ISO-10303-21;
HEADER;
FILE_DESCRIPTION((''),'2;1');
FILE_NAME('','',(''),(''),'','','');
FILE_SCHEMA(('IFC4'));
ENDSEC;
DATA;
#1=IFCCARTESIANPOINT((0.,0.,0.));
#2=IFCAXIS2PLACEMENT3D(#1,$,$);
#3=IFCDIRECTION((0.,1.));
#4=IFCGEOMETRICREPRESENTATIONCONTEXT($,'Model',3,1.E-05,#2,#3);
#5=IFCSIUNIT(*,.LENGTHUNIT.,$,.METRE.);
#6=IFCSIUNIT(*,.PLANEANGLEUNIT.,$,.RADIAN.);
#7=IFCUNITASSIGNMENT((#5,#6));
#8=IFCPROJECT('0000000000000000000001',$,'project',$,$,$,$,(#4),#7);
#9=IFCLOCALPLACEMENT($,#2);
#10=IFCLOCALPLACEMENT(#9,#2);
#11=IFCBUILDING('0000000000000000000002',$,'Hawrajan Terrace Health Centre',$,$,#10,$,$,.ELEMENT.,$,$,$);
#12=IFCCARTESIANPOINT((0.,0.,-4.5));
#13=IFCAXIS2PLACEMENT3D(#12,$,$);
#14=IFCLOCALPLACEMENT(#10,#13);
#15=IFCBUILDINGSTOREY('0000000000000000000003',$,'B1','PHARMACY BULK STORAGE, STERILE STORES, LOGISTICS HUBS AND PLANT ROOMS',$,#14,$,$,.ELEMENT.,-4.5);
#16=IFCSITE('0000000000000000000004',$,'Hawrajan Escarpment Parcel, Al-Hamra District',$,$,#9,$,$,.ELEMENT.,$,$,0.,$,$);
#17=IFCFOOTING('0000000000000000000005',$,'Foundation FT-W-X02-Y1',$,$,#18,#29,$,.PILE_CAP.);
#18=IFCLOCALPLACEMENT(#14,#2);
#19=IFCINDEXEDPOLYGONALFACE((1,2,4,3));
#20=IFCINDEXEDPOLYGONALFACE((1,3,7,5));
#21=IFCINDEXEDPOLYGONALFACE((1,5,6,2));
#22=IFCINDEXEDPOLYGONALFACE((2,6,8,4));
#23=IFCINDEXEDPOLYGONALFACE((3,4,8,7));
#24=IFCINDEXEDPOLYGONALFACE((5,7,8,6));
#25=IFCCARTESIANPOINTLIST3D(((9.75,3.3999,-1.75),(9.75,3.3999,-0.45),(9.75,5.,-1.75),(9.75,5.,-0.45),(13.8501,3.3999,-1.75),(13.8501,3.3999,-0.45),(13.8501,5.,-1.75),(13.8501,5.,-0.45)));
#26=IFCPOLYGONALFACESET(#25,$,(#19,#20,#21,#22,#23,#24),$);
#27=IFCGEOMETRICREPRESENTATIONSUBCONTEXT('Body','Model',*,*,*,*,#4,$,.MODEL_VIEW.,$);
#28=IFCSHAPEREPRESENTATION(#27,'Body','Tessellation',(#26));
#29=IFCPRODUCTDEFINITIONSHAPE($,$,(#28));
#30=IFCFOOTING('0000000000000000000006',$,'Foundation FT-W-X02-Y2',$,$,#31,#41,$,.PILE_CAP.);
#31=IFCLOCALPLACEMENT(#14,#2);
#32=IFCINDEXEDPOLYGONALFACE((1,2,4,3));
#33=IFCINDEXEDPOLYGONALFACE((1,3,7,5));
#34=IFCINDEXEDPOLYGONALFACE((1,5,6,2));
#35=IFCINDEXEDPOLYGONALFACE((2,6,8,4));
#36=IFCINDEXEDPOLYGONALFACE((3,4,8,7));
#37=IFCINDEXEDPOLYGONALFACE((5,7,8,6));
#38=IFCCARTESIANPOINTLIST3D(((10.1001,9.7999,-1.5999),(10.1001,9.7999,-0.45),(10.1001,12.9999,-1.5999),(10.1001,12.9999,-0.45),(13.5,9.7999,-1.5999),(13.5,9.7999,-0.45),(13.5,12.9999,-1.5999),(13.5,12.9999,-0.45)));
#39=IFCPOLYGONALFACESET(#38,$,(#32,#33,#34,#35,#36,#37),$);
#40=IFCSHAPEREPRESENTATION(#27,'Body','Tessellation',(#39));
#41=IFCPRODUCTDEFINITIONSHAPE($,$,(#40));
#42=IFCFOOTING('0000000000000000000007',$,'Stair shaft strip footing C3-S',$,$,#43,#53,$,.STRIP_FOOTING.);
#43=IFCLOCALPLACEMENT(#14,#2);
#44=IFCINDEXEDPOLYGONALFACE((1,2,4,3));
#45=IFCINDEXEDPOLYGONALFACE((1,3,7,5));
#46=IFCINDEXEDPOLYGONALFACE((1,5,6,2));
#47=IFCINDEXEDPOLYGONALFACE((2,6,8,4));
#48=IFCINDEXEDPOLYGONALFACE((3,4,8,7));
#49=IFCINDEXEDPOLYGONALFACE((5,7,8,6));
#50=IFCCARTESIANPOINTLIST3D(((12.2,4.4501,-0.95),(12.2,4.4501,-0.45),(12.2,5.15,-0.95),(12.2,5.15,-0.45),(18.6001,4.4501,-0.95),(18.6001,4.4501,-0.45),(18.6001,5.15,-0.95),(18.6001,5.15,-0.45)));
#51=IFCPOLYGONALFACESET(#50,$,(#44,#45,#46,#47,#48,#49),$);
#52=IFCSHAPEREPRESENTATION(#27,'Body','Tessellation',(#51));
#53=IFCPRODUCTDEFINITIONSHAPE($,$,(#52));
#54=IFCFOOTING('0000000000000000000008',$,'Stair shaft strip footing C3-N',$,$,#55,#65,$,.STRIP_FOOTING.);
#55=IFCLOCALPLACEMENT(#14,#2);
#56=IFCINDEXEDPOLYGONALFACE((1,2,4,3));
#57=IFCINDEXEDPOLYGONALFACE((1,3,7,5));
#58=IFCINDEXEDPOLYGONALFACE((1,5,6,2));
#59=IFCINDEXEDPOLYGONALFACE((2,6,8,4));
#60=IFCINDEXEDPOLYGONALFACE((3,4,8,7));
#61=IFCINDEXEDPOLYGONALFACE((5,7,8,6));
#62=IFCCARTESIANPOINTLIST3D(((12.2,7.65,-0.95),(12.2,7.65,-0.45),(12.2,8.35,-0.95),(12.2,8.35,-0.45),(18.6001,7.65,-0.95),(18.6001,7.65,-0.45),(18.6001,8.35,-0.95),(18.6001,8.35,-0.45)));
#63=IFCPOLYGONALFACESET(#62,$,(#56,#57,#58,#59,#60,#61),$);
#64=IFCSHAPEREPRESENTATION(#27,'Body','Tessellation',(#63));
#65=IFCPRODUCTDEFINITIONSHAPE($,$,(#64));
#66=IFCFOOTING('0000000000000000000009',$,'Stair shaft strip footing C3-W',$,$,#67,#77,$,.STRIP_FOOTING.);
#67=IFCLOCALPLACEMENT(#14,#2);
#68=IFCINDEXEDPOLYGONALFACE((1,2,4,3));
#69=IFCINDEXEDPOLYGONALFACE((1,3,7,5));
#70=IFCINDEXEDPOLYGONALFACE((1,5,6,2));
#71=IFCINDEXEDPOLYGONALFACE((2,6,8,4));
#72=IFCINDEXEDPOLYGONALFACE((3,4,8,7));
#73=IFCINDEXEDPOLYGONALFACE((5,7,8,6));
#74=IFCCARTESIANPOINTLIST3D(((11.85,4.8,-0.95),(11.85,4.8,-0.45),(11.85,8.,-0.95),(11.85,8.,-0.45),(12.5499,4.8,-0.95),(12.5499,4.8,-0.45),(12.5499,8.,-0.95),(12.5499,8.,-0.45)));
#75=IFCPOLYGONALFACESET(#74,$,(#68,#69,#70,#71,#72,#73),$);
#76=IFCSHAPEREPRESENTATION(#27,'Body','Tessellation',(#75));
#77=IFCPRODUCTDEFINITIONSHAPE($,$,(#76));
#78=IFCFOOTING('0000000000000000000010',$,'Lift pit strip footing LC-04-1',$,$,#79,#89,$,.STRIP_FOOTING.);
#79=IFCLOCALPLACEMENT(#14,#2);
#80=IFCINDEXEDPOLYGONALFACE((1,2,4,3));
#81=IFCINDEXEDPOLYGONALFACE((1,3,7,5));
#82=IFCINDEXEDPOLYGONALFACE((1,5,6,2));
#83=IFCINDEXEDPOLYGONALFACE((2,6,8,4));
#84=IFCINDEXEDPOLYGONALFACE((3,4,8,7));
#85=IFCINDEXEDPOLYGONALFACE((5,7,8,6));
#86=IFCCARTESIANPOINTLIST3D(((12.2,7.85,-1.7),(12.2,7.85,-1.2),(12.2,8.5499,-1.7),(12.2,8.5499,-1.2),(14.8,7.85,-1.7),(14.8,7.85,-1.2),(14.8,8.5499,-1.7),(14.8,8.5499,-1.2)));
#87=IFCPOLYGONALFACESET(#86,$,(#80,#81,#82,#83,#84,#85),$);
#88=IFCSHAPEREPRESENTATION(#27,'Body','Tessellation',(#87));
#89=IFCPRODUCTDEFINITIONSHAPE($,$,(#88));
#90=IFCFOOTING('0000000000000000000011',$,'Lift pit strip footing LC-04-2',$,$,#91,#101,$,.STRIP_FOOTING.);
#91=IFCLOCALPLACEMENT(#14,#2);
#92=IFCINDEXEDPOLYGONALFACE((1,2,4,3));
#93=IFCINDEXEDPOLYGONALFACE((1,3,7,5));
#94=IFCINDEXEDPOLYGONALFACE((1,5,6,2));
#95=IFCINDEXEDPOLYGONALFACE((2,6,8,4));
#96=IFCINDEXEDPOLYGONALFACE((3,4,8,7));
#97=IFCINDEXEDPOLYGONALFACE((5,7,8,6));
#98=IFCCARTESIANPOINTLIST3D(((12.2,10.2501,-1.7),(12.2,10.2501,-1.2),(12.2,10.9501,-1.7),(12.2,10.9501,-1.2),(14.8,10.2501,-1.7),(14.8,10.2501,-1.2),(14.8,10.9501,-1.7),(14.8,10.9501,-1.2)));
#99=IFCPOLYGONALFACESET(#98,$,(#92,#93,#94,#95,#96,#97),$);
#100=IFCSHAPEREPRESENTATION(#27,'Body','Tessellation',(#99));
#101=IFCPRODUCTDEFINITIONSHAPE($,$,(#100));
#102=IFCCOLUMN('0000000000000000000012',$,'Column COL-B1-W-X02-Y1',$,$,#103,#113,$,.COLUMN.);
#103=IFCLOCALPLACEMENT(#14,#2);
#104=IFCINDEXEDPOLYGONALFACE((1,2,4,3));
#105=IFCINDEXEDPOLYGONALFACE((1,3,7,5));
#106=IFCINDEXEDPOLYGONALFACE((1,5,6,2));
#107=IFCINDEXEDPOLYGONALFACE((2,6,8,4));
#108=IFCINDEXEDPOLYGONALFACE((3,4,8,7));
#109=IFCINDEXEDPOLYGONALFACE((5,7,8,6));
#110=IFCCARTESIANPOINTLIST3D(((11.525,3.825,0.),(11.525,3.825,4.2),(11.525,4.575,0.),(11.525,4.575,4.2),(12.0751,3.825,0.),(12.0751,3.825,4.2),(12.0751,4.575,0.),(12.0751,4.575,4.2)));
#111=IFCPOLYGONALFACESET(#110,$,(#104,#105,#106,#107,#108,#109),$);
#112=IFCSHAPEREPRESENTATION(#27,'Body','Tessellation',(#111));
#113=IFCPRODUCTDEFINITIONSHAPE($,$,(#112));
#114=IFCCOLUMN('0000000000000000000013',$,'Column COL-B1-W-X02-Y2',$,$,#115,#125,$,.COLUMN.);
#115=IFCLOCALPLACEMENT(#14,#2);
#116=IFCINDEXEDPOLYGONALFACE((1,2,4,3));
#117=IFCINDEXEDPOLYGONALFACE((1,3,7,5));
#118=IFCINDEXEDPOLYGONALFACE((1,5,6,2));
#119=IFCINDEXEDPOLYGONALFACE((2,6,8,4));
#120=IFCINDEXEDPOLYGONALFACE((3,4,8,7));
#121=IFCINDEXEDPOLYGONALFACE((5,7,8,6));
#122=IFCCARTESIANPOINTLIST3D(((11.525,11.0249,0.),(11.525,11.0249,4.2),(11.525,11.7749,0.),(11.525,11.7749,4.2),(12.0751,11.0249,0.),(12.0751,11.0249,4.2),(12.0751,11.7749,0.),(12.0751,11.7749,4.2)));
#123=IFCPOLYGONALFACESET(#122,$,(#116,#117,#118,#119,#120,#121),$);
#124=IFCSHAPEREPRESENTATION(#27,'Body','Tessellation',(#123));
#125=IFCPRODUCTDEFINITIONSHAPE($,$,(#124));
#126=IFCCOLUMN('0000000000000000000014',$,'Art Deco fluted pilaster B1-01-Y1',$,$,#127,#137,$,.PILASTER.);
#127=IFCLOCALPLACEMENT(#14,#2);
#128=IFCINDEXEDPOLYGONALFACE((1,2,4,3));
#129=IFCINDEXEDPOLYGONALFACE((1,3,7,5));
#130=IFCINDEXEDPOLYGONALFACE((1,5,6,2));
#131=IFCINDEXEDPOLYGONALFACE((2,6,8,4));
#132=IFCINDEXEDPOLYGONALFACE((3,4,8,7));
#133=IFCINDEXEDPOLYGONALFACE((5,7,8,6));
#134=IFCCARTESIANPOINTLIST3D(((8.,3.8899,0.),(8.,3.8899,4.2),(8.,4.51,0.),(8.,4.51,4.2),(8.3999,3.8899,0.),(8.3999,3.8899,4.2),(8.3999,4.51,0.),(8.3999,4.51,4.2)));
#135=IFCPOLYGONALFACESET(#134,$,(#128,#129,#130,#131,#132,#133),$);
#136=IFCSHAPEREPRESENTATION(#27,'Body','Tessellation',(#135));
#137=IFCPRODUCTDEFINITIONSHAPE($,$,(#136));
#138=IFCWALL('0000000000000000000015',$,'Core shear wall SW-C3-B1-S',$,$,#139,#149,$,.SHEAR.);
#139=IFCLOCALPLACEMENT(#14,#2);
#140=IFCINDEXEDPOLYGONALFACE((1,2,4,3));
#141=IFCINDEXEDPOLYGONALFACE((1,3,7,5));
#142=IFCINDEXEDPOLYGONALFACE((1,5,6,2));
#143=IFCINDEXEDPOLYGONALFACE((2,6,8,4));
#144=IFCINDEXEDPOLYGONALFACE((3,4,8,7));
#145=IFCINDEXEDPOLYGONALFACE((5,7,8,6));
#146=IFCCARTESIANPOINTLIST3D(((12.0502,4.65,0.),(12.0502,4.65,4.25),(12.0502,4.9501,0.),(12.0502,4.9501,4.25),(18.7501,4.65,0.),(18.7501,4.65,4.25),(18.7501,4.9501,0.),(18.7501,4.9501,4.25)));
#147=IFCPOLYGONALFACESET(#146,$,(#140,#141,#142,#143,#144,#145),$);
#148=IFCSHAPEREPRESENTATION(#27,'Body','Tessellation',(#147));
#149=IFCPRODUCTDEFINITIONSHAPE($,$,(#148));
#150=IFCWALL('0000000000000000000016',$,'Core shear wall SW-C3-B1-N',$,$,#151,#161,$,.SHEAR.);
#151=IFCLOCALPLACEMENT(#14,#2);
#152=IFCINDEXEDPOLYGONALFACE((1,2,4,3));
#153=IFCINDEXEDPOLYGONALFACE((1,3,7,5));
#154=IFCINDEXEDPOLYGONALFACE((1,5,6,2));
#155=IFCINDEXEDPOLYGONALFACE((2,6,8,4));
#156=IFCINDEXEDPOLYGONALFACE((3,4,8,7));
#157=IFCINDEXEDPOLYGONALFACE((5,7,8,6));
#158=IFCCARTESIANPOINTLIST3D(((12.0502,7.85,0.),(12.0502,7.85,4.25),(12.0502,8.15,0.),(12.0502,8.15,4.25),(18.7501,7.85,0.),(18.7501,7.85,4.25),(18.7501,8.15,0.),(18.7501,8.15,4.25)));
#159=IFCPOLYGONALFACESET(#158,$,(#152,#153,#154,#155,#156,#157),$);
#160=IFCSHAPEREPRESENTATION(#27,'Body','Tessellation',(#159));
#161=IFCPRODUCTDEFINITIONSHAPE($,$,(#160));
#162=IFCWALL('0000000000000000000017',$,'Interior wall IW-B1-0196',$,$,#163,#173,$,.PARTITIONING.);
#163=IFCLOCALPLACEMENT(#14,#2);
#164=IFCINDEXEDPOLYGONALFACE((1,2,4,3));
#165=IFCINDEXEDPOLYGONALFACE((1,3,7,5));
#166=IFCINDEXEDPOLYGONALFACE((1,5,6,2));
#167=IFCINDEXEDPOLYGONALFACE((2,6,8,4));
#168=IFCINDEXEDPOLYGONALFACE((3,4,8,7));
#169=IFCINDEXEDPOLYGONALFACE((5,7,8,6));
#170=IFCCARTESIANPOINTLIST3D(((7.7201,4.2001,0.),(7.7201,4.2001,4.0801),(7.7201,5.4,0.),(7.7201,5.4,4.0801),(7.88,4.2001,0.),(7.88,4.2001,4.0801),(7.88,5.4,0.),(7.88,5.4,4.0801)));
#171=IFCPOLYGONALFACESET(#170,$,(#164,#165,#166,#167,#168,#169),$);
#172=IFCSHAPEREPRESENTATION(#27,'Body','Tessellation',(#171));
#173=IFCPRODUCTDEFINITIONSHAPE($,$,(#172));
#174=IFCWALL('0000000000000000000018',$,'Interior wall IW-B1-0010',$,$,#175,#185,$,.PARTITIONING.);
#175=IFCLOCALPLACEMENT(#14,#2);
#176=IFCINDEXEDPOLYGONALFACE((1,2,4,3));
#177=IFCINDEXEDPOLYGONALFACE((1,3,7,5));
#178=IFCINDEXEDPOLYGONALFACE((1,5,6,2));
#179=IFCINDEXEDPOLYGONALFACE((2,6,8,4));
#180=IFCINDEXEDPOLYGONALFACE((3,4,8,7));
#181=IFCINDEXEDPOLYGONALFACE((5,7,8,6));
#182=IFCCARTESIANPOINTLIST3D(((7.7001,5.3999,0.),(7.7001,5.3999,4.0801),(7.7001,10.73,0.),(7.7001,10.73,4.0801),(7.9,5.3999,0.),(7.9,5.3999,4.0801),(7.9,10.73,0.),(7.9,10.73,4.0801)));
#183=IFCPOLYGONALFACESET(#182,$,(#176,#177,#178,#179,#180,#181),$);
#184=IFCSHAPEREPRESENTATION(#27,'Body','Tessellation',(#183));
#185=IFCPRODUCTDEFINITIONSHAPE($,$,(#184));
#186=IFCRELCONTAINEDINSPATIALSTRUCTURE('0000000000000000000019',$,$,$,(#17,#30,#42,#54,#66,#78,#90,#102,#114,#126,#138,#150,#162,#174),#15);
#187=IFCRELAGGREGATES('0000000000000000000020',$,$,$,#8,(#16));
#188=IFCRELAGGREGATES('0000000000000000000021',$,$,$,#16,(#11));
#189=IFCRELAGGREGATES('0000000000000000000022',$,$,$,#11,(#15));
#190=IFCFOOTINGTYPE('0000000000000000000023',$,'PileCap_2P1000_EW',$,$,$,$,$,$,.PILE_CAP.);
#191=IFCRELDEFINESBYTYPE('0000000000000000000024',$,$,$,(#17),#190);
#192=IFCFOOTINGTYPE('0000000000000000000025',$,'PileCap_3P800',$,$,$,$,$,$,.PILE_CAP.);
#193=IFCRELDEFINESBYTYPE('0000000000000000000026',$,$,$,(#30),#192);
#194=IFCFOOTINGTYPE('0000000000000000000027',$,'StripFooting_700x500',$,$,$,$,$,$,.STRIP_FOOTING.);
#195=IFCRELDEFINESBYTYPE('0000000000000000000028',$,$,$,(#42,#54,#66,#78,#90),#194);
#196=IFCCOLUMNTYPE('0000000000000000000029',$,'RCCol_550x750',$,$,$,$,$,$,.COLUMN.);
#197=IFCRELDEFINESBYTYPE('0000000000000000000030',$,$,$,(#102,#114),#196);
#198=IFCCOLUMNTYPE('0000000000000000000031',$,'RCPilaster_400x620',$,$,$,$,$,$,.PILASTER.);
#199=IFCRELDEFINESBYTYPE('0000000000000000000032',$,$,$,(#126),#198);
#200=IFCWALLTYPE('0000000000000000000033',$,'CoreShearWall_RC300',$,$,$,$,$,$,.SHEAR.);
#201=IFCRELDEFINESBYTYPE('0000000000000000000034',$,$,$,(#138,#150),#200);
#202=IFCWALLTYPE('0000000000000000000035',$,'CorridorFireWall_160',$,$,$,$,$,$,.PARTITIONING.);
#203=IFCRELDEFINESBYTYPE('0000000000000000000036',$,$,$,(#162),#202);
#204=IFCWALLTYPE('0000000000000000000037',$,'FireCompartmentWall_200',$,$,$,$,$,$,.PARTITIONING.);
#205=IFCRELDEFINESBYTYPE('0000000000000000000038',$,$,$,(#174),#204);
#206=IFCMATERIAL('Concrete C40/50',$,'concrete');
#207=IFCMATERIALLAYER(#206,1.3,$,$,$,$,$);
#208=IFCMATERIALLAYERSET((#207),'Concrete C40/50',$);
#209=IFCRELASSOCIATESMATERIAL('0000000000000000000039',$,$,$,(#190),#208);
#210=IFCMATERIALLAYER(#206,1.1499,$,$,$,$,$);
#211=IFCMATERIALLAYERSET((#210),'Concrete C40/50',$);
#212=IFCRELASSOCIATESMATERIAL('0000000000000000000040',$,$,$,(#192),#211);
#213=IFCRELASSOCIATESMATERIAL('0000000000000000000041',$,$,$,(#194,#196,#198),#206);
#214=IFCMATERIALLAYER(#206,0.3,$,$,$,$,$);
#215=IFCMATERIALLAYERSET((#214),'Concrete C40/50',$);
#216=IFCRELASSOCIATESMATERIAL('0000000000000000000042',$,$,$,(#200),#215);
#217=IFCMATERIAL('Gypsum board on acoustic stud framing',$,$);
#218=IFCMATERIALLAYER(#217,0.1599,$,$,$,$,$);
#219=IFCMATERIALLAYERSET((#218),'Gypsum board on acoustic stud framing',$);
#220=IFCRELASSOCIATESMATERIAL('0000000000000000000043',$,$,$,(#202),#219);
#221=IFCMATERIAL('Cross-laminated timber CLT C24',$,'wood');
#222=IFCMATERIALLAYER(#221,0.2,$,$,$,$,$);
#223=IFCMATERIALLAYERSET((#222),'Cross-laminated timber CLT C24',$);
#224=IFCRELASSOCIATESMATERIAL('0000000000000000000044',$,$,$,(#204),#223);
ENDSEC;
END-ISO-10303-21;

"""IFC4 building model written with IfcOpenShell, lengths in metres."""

from ifc_helpers import new_model, si_unit, direction, frame, frame_2d, origin, origin_2d, place, context, subcontext, project, spatial, rectangle, extrude, material, layer, layer_set, material_profile, profile_set, type_object, element, save


model = new_model("IFC4")

# Units and contexts
model_context = context("Model", 3, precision=1e-05, world=origin(), true_north=direction((0.0, 1.0)))
body_context = subcontext(model_context, "Body", "Model", "MODEL_VIEW")
ifc_project = project(units=[si_unit("LENGTHUNIT", "METRE"), si_unit("PLANEANGLEUNIT", "RADIAN")], contexts=[model_context])

# Site, building, storey
site_placement = place(None, origin())
site = spatial("IfcSite", under=ifc_project, at=site_placement, Name="Hawrajan Escarpment Parcel, Al-Hamra District", CompositionType="ELEMENT", RefElevation=0.0)
building_placement = place(site_placement, origin())
building = spatial("IfcBuilding", under=site, at=building_placement, Name="Hawrajan Terrace Health Centre", CompositionType="ELEMENT")
storey_placement = place(building_placement, frame((0.0, 0.0, -4.5)))
storey = spatial("IfcBuildingStorey", under=building, at=storey_placement, Name="B1", Description="PHARMACY BULK STORAGE, STERILE STORES, LOGISTICS HUBS AND PLANT ROOMS", CompositionType="ELEMENT", Elevation=-4.5)

# Shared definitions
ifc_material_1 = material(Name="Concrete C40/50", Category="concrete")

# Footings
ifc_layer_1 = layer(ifc_material_1, 1.3)
ifc_layer_set_1 = layer_set([ifc_layer_1], Name="Concrete C40/50")
footing_type_1 = type_object("IfcFootingType", Name="PileCap_2P1000_EW", PredefinedType="PILE_CAP", material=ifc_layer_set_1)
footing_1_placement = place(storey_placement, frame((11.8, 4.2, -1.75), z_axis=(0.0, 0.0, 1.0), x_axis=(1.0, 0.0, 0.0)))
element("IfcFooting", 1, at=footing_1_placement, inside=storey, type_object=footing_type_1, Name="Foundation FT-W-X02-Y1", PredefinedType="PILE_CAP", context=body_context, shape_type="SweptSolid", body=[
    extrude(rectangle(XDim=4.1001, YDim=1.6001, at=origin_2d()), origin(), (0.0, 0.0, 1.0), 1.3),
])
ifc_layer_2 = layer(ifc_material_1, 1.1499)
ifc_layer_set_2 = layer_set([ifc_layer_2], Name="Concrete C40/50")
footing_type_2 = type_object("IfcFootingType", Name="PileCap_3P800", PredefinedType="PILE_CAP", material=ifc_layer_set_2)
footing_2_placement = place(storey_placement, frame((11.8, 11.3999, -1.5999), z_axis=(0.0, 0.0, 1.0), x_axis=(1.0, 0.0, 0.0)))
element("IfcFooting", 2, at=footing_2_placement, inside=storey, type_object=footing_type_2, Name="Foundation FT-W-X02-Y2", PredefinedType="PILE_CAP", context=body_context, shape_type="SweptSolid", body=[
    extrude(rectangle(XDim=3.3999, YDim=3.2, at=origin_2d()), origin(), (0.0, 0.0, 1.0), 1.1499),
])
ifc_material_profile_1 = material_profile(ifc_material_1, rectangle(XDim=0.7, YDim=0.5, at=origin_2d()), Name="RC STRIP 700x500")
ifc_profile_set_1 = profile_set([ifc_material_profile_1], Name="Concrete C40/50")
footing_type_3 = type_object("IfcFootingType", Name="StripFooting_700x500", PredefinedType="STRIP_FOOTING", material=ifc_profile_set_1)
for number, where, z_axis, x_axis, name in (
    (3, (12.2, 4.8, -0.7), (1.0, 0.0, 0.0), (0.0, 1.0, 0.0), "Stair shaft strip footing C3-S"),
    (4, (12.2, 8.0, -0.7), (1.0, 0.0, 0.0), (0.0, 1.0, 0.0), "Stair shaft strip footing C3-N"),
):
    element("IfcFooting", number, at=place(storey_placement, frame(where, z_axis=z_axis, x_axis=x_axis)), inside=storey, type_object=footing_type_3, Name=name, PredefinedType="STRIP_FOOTING", context=body_context, shape_type="SweptSolid", body=[
        extrude(rectangle(XDim=0.7, YDim=0.5, at=origin_2d()), origin(), (0.0, 0.0, 1.0), 6.4001),
    ])
footing_3_placement = place(storey_placement, frame((12.2, 4.8, -0.7), z_axis=(0.0, 1.0, 0.0), x_axis=(-1.0, 0.0, 0.0)))
element("IfcFooting", 5, at=footing_3_placement, inside=storey, type_object=footing_type_3, Name="Stair shaft strip footing C3-W", PredefinedType="STRIP_FOOTING", context=body_context, shape_type="SweptSolid", body=[
    extrude(rectangle(XDim=0.7, YDim=0.5, at=origin_2d()), origin(), (0.0, 0.0, 1.0), 3.2),
])
for number, where, z_axis, x_axis, name in (
    (6, (12.2, 8.2, -1.45), (1.0, 0.0, 0.0), (0.0, 1.0, 0.0), "Lift pit strip footing LC-04-1"),
    (7, (12.2, 10.6001, -1.45), (1.0, 0.0, 0.0), (0.0, 1.0, 0.0), "Lift pit strip footing LC-04-2"),
):
    element("IfcFooting", number, at=place(storey_placement, frame(where, z_axis=z_axis, x_axis=x_axis)), inside=storey, type_object=footing_type_3, Name=name, PredefinedType="STRIP_FOOTING", context=body_context, shape_type="SweptSolid", body=[
        extrude(rectangle(XDim=0.7, YDim=0.5, at=origin_2d()), origin(), (0.0, 0.0, 1.0), 2.6001),
    ])

# Columns
ifc_material_profile_2 = material_profile(ifc_material_1, rectangle(XDim=0.55, YDim=0.75, at=origin_2d()), Name="RC 550x750")
ifc_profile_set_2 = profile_set([ifc_material_profile_2], Name="Concrete C40/50")
column_type_1 = type_object("IfcColumnType", Name="RCCol_550x750", PredefinedType="COLUMN", material=ifc_profile_set_2)
for number, where, z_axis, x_axis, name in (
    (8, (11.8, 4.2, 0.0), (0.0, 0.0, 1.0), (1.0, 0.0, 0.0), "Column COL-B1-W-X02-Y1"),
    (9, (11.8, 11.3999, 0.0), (0.0, 0.0, 1.0), (1.0, 0.0, 0.0), "Column COL-B1-W-X02-Y2"),
):
    element("IfcColumn", number, at=place(storey_placement, frame(where, z_axis=z_axis, x_axis=x_axis)), inside=storey, type_object=column_type_1, Name=name, PredefinedType="COLUMN", context=body_context, shape_type="SweptSolid", body=[
        extrude(rectangle(XDim=0.55, YDim=0.75, at=origin_2d()), origin(), (0.0, 0.0, 1.0), 4.2),
    ])
ifc_material_profile_3 = material_profile(ifc_material_1, rectangle(XDim=0.3999, YDim=0.6201, at=origin_2d()), Name="RC PIL 400x620")
ifc_profile_set_3 = profile_set([ifc_material_profile_3], Name="Concrete C40/50")
column_type_2 = type_object("IfcColumnType", Name="RCPilaster_400x620", PredefinedType="PILASTER", material=ifc_profile_set_3)
column_placement = place(storey_placement, frame((8.2, 4.2, 0.0), z_axis=(0.0, 0.0, 1.0), x_axis=(1.0, 0.0, 0.0)))
element("IfcColumn", 10, at=column_placement, inside=storey, type_object=column_type_2, Name="Art Deco fluted pilaster B1-01-Y1", PredefinedType="PILASTER", context=body_context, shape_type="SweptSolid", body=[
    extrude(rectangle(XDim=0.3999, YDim=0.6201, at=origin_2d()), origin(), (0.0, 0.0, 1.0), 4.2),
])

# Walls
ifc_layer_3 = layer(ifc_material_1, 0.3)
ifc_layer_set_3 = layer_set([ifc_layer_3], Name="Concrete C40/50")
wall_type_1 = type_object("IfcWallType", Name="CoreShearWall_RC300", PredefinedType="SHEAR", material=ifc_layer_set_3)
for number, where, z_axis, x_axis, name in (
    (11, (12.05, 4.8, 0.0), (0.0, 0.0, 1.0), (1.0, 0.0, 0.0), "Core shear wall SW-C3-B1-S"),
    (12, (12.05, 8.0, 0.0), (0.0, 0.0, 1.0), (1.0, 0.0, 0.0), "Core shear wall SW-C3-B1-N"),
):
    element("IfcWall", number, at=place(storey_placement, frame(where, z_axis=z_axis, x_axis=x_axis)), inside=storey, type_object=wall_type_1, Name=name, PredefinedType="SHEAR", context=body_context, shape_type="SweptSolid", body=[
        extrude(rectangle(XDim=6.7, YDim=0.3, at=frame_2d((3.3501, 0.0))), origin(), (0.0, 0.0, 1.0), 4.25),
    ])

# Walls
ifc_material_2 = material(Name="Gypsum board on acoustic stud framing")
ifc_layer_4 = layer(ifc_material_2, 0.1599)
ifc_layer_set_4 = layer_set([ifc_layer_4], Name="Gypsum board on acoustic stud framing")
wall_type_2 = type_object("IfcWallType", Name="CorridorFireWall_160", PredefinedType="PARTITIONING", material=ifc_layer_set_4)
wall_1_placement = place(storey_placement, frame((7.8, 4.2, 0.0), z_axis=(0.0, 0.0, 1.0), x_axis=(0.0, 1.0, 0.0)))
element("IfcWall", 13, at=wall_1_placement, inside=storey, type_object=wall_type_2, Name="Interior wall IW-B1-0196", PredefinedType="PARTITIONING", context=body_context, shape_type="SweptSolid", body=[
    extrude(rectangle(XDim=1.2, YDim=0.1599, at=frame_2d((0.6001, 0.0))), origin(), (0.0, 0.0, 1.0), 4.0801),
])
ifc_material_3 = material(Name="Cross-laminated timber CLT C24", Category="wood")
ifc_layer_5 = layer(ifc_material_3, 0.2)
ifc_layer_set_5 = layer_set([ifc_layer_5], Name="Cross-laminated timber CLT C24")
wall_type_3 = type_object("IfcWallType", Name="FireCompartmentWall_200", PredefinedType="PARTITIONING", material=ifc_layer_set_5)
wall_2_placement = place(storey_placement, frame((7.8, 5.3999, 0.0), z_axis=(0.0, 0.0, 1.0), x_axis=(0.0, 1.0, 0.0)))
element("IfcWall", 14, at=wall_2_placement, inside=storey, type_object=wall_type_3, Name="Interior wall IW-B1-0010", PredefinedType="PARTITIONING", context=body_context, shape_type="SweptSolid", body=[
    extrude(rectangle(XDim=5.3301, YDim=0.2, at=frame_2d((2.665, 0.0))), origin(), (0.0, 0.0, 1.0), 4.0801),
])

save(model, "model.ifc")
